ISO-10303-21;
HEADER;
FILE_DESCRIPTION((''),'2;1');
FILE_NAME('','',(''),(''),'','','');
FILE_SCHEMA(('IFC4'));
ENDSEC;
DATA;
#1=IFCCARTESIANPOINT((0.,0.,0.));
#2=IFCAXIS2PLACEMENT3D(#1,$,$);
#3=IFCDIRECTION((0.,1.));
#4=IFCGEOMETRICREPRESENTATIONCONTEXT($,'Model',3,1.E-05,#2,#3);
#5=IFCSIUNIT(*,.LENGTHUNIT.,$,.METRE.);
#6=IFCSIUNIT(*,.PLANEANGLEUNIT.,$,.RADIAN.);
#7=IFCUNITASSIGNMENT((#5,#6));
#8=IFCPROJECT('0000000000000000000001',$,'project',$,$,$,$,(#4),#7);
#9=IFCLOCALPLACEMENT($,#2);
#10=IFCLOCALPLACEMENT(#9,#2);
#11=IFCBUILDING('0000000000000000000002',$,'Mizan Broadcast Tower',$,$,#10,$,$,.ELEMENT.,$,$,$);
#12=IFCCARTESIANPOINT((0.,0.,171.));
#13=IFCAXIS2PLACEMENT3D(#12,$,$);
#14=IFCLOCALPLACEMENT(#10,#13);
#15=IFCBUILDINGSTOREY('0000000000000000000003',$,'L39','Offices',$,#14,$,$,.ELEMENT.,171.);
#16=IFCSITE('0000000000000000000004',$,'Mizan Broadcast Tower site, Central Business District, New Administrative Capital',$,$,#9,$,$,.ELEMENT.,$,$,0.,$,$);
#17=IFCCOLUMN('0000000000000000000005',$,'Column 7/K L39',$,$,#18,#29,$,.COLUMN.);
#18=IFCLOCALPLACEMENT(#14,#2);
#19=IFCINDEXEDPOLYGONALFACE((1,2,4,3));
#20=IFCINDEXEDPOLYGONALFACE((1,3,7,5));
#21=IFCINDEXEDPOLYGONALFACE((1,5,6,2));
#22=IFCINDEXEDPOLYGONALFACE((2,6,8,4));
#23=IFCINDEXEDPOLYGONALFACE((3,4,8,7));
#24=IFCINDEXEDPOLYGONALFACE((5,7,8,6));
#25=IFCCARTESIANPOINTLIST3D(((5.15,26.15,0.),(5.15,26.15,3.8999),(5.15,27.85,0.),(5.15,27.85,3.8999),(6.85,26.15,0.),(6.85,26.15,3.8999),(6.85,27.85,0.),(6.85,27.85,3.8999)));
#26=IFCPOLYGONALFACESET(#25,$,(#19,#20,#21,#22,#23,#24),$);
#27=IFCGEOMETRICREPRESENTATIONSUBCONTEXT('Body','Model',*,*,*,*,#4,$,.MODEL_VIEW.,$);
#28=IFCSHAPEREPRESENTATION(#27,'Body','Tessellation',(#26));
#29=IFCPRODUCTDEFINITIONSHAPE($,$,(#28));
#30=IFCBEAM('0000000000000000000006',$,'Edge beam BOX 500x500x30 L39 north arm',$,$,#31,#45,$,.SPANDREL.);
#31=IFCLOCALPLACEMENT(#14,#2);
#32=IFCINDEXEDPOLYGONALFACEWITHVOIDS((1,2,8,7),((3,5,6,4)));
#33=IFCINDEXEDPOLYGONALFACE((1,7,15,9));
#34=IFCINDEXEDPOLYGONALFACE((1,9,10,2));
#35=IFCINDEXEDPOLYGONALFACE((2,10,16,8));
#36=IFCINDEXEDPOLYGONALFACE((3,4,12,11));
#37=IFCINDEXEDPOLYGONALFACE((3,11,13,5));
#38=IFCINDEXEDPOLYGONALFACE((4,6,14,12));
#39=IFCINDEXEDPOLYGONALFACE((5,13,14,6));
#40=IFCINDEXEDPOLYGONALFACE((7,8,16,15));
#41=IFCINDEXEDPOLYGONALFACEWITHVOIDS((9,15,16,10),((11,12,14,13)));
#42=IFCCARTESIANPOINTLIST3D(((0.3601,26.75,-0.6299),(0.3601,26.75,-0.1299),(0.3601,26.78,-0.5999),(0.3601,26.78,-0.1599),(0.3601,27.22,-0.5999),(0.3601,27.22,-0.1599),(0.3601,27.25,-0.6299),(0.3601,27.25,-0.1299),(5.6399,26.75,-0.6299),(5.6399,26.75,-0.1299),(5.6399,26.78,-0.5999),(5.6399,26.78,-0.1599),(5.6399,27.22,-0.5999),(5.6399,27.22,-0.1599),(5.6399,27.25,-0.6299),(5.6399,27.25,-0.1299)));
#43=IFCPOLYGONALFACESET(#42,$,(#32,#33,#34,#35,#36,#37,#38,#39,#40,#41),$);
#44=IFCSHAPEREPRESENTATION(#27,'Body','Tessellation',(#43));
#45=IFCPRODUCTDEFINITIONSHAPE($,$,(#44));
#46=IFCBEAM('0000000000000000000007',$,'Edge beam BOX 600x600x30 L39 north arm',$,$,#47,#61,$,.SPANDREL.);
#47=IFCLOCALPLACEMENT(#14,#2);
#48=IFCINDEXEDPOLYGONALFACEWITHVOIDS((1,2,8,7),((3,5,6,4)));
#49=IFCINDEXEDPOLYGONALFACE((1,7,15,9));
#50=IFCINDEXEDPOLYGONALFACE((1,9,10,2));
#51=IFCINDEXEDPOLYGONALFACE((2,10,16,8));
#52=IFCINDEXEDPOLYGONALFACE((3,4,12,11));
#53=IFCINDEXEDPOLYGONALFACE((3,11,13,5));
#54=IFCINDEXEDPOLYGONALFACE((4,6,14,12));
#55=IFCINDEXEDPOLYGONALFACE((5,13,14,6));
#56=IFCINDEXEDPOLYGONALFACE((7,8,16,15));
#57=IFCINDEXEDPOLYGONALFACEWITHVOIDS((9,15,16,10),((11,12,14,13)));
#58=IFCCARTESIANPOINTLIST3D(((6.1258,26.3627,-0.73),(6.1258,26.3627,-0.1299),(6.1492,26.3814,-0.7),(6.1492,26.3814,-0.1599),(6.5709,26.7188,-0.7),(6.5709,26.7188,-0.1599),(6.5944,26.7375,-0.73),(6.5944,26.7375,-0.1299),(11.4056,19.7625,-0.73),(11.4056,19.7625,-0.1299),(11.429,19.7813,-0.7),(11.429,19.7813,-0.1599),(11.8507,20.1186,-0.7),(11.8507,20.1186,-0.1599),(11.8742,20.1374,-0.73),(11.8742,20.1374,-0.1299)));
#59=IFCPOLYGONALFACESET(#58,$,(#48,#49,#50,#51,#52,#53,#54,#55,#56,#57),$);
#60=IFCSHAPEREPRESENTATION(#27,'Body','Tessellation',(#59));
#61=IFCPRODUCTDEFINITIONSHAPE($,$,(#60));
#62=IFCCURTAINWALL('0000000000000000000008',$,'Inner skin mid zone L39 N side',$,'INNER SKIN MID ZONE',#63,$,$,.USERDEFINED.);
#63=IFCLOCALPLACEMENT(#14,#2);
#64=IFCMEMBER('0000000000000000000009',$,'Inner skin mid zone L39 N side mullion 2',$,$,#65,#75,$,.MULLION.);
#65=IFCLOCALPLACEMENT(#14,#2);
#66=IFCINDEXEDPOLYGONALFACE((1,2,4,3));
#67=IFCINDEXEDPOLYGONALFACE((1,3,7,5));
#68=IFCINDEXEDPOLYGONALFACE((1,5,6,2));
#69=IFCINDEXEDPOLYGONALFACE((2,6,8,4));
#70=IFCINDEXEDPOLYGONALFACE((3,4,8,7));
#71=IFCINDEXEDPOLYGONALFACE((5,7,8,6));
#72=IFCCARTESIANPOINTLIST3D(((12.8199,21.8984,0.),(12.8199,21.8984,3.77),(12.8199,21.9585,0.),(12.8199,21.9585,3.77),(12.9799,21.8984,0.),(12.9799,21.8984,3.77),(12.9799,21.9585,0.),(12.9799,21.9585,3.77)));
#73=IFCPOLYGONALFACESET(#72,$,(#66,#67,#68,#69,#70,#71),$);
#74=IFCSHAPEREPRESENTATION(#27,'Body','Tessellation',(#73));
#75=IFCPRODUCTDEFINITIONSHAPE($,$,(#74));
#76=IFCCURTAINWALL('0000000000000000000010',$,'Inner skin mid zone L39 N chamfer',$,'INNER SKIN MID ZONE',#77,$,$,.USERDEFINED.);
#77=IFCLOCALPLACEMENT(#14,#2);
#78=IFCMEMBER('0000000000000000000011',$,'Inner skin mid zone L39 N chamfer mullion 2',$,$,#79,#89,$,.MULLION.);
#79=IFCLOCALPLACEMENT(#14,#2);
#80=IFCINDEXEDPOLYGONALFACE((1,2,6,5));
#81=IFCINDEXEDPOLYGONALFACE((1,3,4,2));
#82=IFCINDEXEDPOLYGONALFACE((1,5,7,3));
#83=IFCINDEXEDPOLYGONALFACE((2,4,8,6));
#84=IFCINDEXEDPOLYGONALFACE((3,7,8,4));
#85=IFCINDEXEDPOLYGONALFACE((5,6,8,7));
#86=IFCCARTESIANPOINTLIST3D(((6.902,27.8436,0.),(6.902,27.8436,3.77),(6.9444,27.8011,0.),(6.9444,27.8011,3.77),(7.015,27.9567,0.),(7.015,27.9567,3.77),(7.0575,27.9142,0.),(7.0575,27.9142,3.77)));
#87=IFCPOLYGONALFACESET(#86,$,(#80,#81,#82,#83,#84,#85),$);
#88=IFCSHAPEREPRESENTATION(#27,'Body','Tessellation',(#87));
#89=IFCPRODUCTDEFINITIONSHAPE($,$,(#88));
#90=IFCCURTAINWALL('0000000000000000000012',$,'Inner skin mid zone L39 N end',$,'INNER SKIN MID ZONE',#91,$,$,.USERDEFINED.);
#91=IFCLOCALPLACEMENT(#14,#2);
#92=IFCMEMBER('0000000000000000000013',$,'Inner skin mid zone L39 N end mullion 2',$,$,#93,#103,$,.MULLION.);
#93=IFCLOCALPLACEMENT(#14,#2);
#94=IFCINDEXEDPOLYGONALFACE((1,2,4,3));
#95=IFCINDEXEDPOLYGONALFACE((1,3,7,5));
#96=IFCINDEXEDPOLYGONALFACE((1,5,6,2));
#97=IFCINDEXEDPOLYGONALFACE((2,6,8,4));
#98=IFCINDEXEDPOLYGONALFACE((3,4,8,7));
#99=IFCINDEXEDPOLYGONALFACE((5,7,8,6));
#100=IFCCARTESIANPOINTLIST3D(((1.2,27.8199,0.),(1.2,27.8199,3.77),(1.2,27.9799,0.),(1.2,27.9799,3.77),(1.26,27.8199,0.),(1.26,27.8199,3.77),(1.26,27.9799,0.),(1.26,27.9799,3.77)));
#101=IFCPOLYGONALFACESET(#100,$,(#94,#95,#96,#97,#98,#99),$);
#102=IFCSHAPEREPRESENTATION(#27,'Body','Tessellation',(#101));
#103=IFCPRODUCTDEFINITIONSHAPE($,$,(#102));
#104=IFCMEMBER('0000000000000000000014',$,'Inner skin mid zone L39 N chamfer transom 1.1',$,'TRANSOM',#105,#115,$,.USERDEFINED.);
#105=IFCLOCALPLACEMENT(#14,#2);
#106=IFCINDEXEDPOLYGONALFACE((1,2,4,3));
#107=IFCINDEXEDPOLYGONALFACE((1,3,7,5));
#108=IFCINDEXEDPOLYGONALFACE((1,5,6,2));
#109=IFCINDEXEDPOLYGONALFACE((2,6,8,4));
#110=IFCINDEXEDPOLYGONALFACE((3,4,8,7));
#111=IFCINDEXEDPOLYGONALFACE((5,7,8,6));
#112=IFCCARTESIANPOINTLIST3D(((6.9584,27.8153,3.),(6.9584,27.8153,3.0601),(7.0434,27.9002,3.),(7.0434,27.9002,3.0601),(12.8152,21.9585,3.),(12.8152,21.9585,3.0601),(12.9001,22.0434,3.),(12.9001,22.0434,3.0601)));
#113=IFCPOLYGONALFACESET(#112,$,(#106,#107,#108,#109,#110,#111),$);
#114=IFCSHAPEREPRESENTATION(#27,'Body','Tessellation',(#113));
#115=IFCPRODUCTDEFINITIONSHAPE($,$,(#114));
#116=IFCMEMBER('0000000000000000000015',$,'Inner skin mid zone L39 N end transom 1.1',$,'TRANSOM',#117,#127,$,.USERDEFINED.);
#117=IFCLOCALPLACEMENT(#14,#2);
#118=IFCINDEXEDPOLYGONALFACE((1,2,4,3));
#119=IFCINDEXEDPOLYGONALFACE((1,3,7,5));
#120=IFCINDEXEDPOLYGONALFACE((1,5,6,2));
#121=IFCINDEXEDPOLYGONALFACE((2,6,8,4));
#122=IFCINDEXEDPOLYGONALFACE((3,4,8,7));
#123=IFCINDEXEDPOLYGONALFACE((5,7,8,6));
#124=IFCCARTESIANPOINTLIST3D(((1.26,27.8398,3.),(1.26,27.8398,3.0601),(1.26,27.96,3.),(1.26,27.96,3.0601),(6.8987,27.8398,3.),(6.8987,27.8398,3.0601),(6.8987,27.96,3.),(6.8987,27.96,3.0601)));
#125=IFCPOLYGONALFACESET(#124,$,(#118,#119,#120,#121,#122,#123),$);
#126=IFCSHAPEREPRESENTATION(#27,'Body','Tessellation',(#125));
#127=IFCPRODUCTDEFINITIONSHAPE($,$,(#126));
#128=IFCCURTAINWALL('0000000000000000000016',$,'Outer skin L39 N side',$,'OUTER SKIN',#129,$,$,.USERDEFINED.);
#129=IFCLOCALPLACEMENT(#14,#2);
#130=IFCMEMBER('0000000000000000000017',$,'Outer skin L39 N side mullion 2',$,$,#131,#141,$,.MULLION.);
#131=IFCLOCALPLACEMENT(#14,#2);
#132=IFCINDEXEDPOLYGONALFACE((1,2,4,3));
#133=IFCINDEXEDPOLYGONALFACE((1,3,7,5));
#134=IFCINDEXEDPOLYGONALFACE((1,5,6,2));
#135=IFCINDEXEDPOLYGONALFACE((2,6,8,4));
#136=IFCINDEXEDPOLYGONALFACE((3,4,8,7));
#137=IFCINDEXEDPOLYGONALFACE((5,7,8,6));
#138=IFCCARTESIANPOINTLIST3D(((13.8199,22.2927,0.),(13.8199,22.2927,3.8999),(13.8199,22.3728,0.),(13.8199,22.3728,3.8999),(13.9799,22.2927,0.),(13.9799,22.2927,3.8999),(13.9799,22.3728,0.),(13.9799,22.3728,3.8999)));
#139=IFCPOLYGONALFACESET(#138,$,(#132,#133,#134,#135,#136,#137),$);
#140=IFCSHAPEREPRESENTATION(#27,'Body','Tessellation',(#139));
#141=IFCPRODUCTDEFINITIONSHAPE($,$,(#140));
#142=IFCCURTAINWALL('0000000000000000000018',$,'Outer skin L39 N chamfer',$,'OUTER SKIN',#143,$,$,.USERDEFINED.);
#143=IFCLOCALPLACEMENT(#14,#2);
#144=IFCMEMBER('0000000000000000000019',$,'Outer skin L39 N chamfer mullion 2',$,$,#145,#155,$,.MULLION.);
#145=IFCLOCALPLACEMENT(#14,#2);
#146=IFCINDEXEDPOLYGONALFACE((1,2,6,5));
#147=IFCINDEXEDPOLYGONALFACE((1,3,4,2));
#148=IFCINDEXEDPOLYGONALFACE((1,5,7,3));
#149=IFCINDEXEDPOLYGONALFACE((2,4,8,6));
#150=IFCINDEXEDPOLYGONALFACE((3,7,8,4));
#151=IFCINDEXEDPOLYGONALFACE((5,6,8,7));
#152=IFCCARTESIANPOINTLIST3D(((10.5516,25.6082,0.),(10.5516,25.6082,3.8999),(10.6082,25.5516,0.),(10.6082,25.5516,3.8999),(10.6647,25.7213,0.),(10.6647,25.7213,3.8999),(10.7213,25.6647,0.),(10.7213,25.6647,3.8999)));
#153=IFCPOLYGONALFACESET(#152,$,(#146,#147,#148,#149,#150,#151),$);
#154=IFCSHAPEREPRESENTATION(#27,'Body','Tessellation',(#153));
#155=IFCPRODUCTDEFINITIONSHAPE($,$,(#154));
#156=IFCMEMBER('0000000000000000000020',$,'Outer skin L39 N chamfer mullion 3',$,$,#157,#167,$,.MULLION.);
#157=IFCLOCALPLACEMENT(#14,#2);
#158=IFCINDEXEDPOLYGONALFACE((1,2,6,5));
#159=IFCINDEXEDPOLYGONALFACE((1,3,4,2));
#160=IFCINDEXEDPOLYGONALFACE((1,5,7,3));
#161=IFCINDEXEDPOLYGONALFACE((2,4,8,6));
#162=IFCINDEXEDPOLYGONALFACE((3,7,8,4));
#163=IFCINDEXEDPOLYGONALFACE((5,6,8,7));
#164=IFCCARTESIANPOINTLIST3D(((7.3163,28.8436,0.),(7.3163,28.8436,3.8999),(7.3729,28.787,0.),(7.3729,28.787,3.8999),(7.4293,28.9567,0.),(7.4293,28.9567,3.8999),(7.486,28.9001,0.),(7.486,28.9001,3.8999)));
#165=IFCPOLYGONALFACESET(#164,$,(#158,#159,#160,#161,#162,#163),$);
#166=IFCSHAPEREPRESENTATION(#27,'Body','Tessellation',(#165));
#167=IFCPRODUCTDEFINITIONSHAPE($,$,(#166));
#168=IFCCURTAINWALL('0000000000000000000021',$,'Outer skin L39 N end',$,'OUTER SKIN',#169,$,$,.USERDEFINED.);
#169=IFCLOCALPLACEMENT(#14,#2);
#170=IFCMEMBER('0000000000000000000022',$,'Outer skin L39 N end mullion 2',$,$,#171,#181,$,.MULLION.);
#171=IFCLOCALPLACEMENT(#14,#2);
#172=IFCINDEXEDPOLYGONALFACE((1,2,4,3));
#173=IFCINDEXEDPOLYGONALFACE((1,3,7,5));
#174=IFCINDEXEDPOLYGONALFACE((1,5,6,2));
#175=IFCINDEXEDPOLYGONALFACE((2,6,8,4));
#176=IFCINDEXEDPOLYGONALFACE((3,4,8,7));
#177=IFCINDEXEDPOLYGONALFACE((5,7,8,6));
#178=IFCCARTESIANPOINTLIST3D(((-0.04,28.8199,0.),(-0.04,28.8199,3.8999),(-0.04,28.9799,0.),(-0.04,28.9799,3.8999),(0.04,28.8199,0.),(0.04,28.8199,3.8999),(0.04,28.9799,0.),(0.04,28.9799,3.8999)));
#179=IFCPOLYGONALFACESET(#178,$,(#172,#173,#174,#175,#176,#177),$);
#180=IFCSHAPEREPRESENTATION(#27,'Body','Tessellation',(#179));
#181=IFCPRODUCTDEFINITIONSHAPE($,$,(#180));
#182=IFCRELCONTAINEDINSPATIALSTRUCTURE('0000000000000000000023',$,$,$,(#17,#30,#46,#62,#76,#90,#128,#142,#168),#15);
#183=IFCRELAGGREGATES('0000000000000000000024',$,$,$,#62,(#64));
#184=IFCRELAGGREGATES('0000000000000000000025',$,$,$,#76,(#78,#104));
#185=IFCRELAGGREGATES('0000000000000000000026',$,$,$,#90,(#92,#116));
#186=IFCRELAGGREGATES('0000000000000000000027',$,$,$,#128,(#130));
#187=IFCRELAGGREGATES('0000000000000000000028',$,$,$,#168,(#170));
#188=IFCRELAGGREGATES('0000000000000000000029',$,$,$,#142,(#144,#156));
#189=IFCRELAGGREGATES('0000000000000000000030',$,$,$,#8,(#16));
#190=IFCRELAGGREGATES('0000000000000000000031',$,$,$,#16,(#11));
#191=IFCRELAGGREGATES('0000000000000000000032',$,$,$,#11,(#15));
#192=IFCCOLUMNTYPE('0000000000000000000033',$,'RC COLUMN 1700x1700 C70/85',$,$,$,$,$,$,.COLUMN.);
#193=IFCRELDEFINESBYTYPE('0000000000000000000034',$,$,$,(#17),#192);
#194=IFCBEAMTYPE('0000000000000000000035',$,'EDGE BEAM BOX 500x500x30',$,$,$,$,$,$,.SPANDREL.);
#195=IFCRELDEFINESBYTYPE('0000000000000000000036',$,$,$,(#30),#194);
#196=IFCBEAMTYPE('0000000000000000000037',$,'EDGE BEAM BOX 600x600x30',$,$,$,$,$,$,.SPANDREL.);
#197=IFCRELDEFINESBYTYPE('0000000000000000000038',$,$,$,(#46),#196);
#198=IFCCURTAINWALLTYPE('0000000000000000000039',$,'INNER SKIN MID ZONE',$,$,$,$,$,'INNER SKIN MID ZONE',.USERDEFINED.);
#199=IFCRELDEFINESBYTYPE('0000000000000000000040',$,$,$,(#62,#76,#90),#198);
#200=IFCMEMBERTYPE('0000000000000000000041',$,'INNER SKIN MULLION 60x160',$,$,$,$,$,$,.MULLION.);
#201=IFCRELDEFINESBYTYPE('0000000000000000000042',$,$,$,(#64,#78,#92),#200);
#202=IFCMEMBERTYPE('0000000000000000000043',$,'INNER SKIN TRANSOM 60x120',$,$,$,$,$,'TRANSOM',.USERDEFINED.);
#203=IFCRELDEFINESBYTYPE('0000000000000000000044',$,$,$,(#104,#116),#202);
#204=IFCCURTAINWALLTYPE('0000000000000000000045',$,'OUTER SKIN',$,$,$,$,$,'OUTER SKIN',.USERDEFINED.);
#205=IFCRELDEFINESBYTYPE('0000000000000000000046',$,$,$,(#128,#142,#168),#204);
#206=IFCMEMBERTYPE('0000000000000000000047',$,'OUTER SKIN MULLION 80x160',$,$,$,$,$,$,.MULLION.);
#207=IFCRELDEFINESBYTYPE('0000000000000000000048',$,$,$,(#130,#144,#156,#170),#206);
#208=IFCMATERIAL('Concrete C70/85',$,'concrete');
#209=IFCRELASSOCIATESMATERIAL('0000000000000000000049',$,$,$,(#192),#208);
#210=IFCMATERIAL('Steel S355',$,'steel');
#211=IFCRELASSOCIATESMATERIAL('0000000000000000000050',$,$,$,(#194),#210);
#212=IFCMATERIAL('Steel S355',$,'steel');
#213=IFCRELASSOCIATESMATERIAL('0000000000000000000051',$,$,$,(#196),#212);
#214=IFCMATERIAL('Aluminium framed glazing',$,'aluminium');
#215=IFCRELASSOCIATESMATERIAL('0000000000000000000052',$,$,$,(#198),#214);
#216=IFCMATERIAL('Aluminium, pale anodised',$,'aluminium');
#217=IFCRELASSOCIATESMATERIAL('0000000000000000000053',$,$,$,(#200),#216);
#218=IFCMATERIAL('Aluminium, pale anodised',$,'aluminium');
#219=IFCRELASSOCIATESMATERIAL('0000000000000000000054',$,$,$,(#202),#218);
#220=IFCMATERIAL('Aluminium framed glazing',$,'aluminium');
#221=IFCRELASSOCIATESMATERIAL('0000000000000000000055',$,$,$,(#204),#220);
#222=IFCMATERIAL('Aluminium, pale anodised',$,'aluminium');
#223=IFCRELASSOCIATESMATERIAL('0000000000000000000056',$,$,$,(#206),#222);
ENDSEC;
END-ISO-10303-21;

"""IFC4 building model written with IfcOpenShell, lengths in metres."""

from ifc_helpers import new_model, si_unit, direction, frame, origin, origin_2d, place, context, subcontext, project, spatial, rectangle, hollow_rectangle, extrude, material, material_profile, profile_set, type_object, element, aggregate, save


model = new_model("IFC4")

# Units and contexts
model_context = context("Model", 3, precision=1e-05, world=origin(), true_north=direction((0.0, 1.0)))
body_context = subcontext(model_context, "Body", "Model", "MODEL_VIEW")
ifc_project = project(units=[si_unit("LENGTHUNIT", "METRE"), si_unit("PLANEANGLEUNIT", "RADIAN")], contexts=[model_context])

# Site, building, storey
site_placement = place(None, origin())
site = spatial("IfcSite", under=ifc_project, at=site_placement, Name="Mizan Broadcast Tower site, Central Business District, New Administrative Capital", CompositionType="ELEMENT", RefElevation=0.0)
building_placement = place(site_placement, origin())
building = spatial("IfcBuilding", under=site, at=building_placement, Name="Mizan Broadcast Tower", CompositionType="ELEMENT")
storey_placement = place(building_placement, frame((0.0, 0.0, 171.0)))
storey = spatial("IfcBuildingStorey", under=building, at=storey_placement, Name="L39", Description="Offices", CompositionType="ELEMENT", Elevation=171.0)

# Column
ifc_material_1 = material(Name="Concrete C70/85", Category="concrete")
ifc_material_profile_1 = material_profile(ifc_material_1, rectangle(XDim=1.7, YDim=1.7, at=origin_2d()), Name="RC 1700x1700")
ifc_profile_set_1 = profile_set([ifc_material_profile_1], Name="Concrete C70/85")
column_type = type_object("IfcColumnType", Name="RC COLUMN 1700x1700 C70/85", PredefinedType="COLUMN", material=ifc_profile_set_1)
column_placement = place(storey_placement, frame((6.0, 27.0, 0.0), z_axis=(0.0, 0.0, 1.0), x_axis=(1.0, 0.0, 0.0)))
element("IfcColumn", 1, at=column_placement, inside=storey, type_object=column_type, Name="Column 7/K L39", PredefinedType="COLUMN", context=body_context, shape_type="SweptSolid", body=[
    extrude(rectangle(XDim=1.7, YDim=1.7, at=origin_2d()), origin(), (0.0, 0.0, 1.0), 3.8999),
])

# Beams
ifc_material_2 = material(Name="Steel S355", Category="steel")
ifc_material_profile_2 = material_profile(ifc_material_2, hollow_rectangle(XDim=0.5, YDim=0.5, WallThickness=0.03, at=origin_2d()), Name="BOX 500x500x30")
ifc_profile_set_2 = profile_set([ifc_material_profile_2], Name="Steel S355")
beam_type_1 = type_object("IfcBeamType", Name="EDGE BEAM BOX 500x500x30", PredefinedType="SPANDREL", material=ifc_profile_set_2)
beam_1_placement = place(storey_placement, frame((5.6399, 27.0, -0.3799), z_axis=(-1.0, 0.0, 0.0), x_axis=(0.0, -1.0, 0.0)))
element("IfcBeam", 2, at=beam_1_placement, inside=storey, type_object=beam_type_1, Name="Edge beam BOX 500x500x30 L39 north arm", PredefinedType="SPANDREL", context=body_context, shape_type="SweptSolid", body=[
    extrude(hollow_rectangle(XDim=0.5, YDim=0.5, WallThickness=0.03, at=origin_2d()), origin(), (0.0, 0.0, 1.0), 5.2798),
])
ifc_material_3 = material(Name="Steel S355", Category="steel")
ifc_material_profile_3 = material_profile(ifc_material_3, hollow_rectangle(XDim=0.6001, YDim=0.6001, WallThickness=0.03, at=origin_2d()), Name="BOX 600x600x30")
ifc_profile_set_3 = profile_set([ifc_material_profile_3], Name="Steel S355")
beam_type_2 = type_object("IfcBeamType", Name="EDGE BEAM BOX 600x600x30", PredefinedType="SPANDREL", material=ifc_profile_set_3)
beam_2_placement = place(storey_placement, frame((11.6399, 19.95, -0.4299), z_axis=(-0.624674, 0.780886, 0.0), x_axis=(-0.780886, -0.624674, 0.0)))
element("IfcBeam", 3, at=beam_2_placement, inside=storey, type_object=beam_type_2, Name="Edge beam BOX 600x600x30 L39 north arm", PredefinedType="SPANDREL", context=body_context, shape_type="SweptSolid", body=[
    extrude(hollow_rectangle(XDim=0.6001, YDim=0.6001, WallThickness=0.03, at=origin_2d()), origin(), (0.0, 0.0, 1.0), 8.4521),
])

# Curtain walls, members
ifc_material_4 = material(Name="Aluminium framed glazing", Category="aluminium")
curtain_wall_type_1 = type_object("IfcCurtainWallType", Name="INNER SKIN MID ZONE", ElementType="INNER SKIN MID ZONE", PredefinedType="USERDEFINED", material=ifc_material_4)
curtain_wall_1_placement = place(storey_placement, origin())
curtain_wall_1 = element("IfcCurtainWall", 4, at=curtain_wall_1_placement, inside=storey, type_object=curtain_wall_type_1, Name="Inner skin mid zone L39 N side", ObjectType="INNER SKIN MID ZONE", PredefinedType="USERDEFINED")
ifc_material_5 = material(Name="Aluminium, pale anodised", Category="aluminium")
ifc_material_profile_4 = material_profile(ifc_material_5, rectangle(XDim=0.1599, YDim=0.0601, at=origin_2d()), Name="MULLION 160x60")
ifc_profile_set_4 = profile_set([ifc_material_profile_4], Name="Aluminium, pale anodised")
member_type_1 = type_object("IfcMemberType", Name="INNER SKIN MULLION 60x160", PredefinedType="MULLION", material=ifc_profile_set_4)
member_1_placement = place(storey_placement, frame((12.8999, 21.9285, 0.0), z_axis=(0.0, 0.0, 1.0), x_axis=(-1.0, 0.0, 0.0)))
member_1 = element("IfcMember", 5, at=member_1_placement, type_object=member_type_1, Name="Inner skin mid zone L39 N side mullion 2", PredefinedType="MULLION", context=body_context, shape_type="SweptSolid", body=[
    extrude(rectangle(XDim=0.1599, YDim=0.0601, at=origin_2d()), origin(), (0.0, 0.0, 1.0), 3.77),
])
curtain_wall_2_placement = place(storey_placement, origin())
curtain_wall_2 = element("IfcCurtainWall", 6, at=curtain_wall_2_placement, inside=storey, type_object=curtain_wall_type_1, Name="Inner skin mid zone L39 N chamfer", ObjectType="INNER SKIN MID ZONE", PredefinedType="USERDEFINED")
member_2_placement = place(storey_placement, frame((6.9797, 27.8789, 0.0), z_axis=(0.0, 0.0, 1.0), x_axis=(-0.707107, -0.707107, 0.0)))
member_2 = element("IfcMember", 7, at=member_2_placement, type_object=member_type_1, Name="Inner skin mid zone L39 N chamfer mullion 2", PredefinedType="MULLION", context=body_context, shape_type="SweptSolid", body=[
    extrude(rectangle(XDim=0.1599, YDim=0.0601, at=origin_2d()), origin(), (0.0, 0.0, 1.0), 3.77),
])
curtain_wall_3_placement = place(storey_placement, origin())
curtain_wall_3 = element("IfcCurtainWall", 8, at=curtain_wall_3_placement, inside=storey, type_object=curtain_wall_type_1, Name="Inner skin mid zone L39 N end", ObjectType="INNER SKIN MID ZONE", PredefinedType="USERDEFINED")
member_3_placement = place(storey_placement, frame((1.23, 27.8999, 0.0), z_axis=(0.0, 0.0, 1.0), x_axis=(0.0, -1.0, 0.0)))
member_3 = element("IfcMember", 9, at=member_3_placement, type_object=member_type_1, Name="Inner skin mid zone L39 N end mullion 2", PredefinedType="MULLION", context=body_context, shape_type="SweptSolid", body=[
    extrude(rectangle(XDim=0.1599, YDim=0.0601, at=origin_2d()), origin(), (0.0, 0.0, 1.0), 3.77),
])

# Members
ifc_material_6 = material(Name="Aluminium, pale anodised", Category="aluminium")
ifc_material_profile_5 = material_profile(ifc_material_6, rectangle(XDim=0.1201, YDim=0.0601, at=origin_2d()), Name="TRANSOM 120x60")
ifc_profile_set_5 = profile_set([ifc_material_profile_5], Name="Aluminium, pale anodised")
member_type_2 = type_object("IfcMemberType", Name="INNER SKIN TRANSOM 60x120", ElementType="TRANSOM", PredefinedType="USERDEFINED", material=ifc_profile_set_5)
member_4_placement = place(storey_placement, frame((12.8577, 22.001, 3.03), z_axis=(-0.707107, 0.707107, 0.0), x_axis=(-0.707107, -0.707107, 0.0)))
member_4 = element("IfcMember", 10, at=member_4_placement, type_object=member_type_2, Name="Inner skin mid zone L39 N chamfer transom 1.1", ObjectType="TRANSOM", PredefinedType="USERDEFINED", context=body_context, shape_type="SweptSolid", body=[
    extrude(rectangle(XDim=0.1201, YDim=0.0601, at=origin_2d()), origin(), (0.0, 0.0, 1.0), 8.2827),
])
member_5_placement = place(storey_placement, frame((6.8987, 27.8999, 3.03), z_axis=(-1.0, 0.0, 0.0), x_axis=(0.0, -1.0, 0.0)))
member_5 = element("IfcMember", 11, at=member_5_placement, type_object=member_type_2, Name="Inner skin mid zone L39 N end transom 1.1", ObjectType="TRANSOM", PredefinedType="USERDEFINED", context=body_context, shape_type="SweptSolid", body=[
    extrude(rectangle(XDim=0.1201, YDim=0.0601, at=origin_2d()), origin(), (0.0, 0.0, 1.0), 5.6387),
])

# Curtain wall, member
ifc_material_7 = material(Name="Aluminium framed glazing", Category="aluminium")
curtain_wall_type_2 = type_object("IfcCurtainWallType", Name="OUTER SKIN", ElementType="OUTER SKIN", PredefinedType="USERDEFINED", material=ifc_material_7)
curtain_wall_4_placement = place(storey_placement, origin())
curtain_wall_4 = element("IfcCurtainWall", 12, at=curtain_wall_4_placement, inside=storey, type_object=curtain_wall_type_2, Name="Outer skin L39 N side", ObjectType="OUTER SKIN", PredefinedType="USERDEFINED")
ifc_material_8 = material(Name="Aluminium, pale anodised", Category="aluminium")
ifc_material_profile_6 = material_profile(ifc_material_8, rectangle(XDim=0.1599, YDim=0.0801, at=origin_2d()), Name="MULLION 160x80")
ifc_profile_set_6 = profile_set([ifc_material_profile_6], Name="Aluminium, pale anodised")
member_type_3 = type_object("IfcMemberType", Name="OUTER SKIN MULLION 80x160", PredefinedType="MULLION", material=ifc_profile_set_6)
member_6_placement = place(storey_placement, frame((13.8999, 22.3328, 0.0), z_axis=(0.0, 0.0, 1.0), x_axis=(-1.0, 0.0, 0.0)))
member_6 = element("IfcMember", 13, at=member_6_placement, type_object=member_type_3, Name="Outer skin L39 N side mullion 2", PredefinedType="MULLION", context=body_context, shape_type="SweptSolid", body=[
    extrude(rectangle(XDim=0.1599, YDim=0.0801, at=origin_2d()), origin(), (0.0, 0.0, 1.0), 3.8999),
])

# Curtain wall, members
curtain_wall_5_placement = place(storey_placement, origin())
curtain_wall_5 = element("IfcCurtainWall", 14, at=curtain_wall_5_placement, inside=storey, type_object=curtain_wall_type_2, Name="Outer skin L39 N chamfer", ObjectType="OUTER SKIN", PredefinedType="USERDEFINED")
member_7_placement = place(storey_placement, frame((10.6365, 25.6365, 0.0), z_axis=(0.0, 0.0, 1.0), x_axis=(-0.707107, -0.707107, 0.0)))
member_7 = element("IfcMember", 15, at=member_7_placement, type_object=member_type_3, Name="Outer skin L39 N chamfer mullion 2", PredefinedType="MULLION", context=body_context, shape_type="SweptSolid", body=[
    extrude(rectangle(XDim=0.1599, YDim=0.0801, at=origin_2d()), origin(), (0.0, 0.0, 1.0), 3.8999),
])
member_8_placement = place(storey_placement, frame((7.4011, 28.8718, 0.0), z_axis=(0.0, 0.0, 1.0), x_axis=(-0.707107, -0.707107, 0.0)))
member_8 = element("IfcMember", 16, at=member_8_placement, type_object=member_type_3, Name="Outer skin L39 N chamfer mullion 3", PredefinedType="MULLION", context=body_context, shape_type="SweptSolid", body=[
    extrude(rectangle(XDim=0.1599, YDim=0.0801, at=origin_2d()), origin(), (0.0, 0.0, 1.0), 3.8999),
])

# Curtain wall, member
curtain_wall_6_placement = place(storey_placement, origin())
curtain_wall_6 = element("IfcCurtainWall", 17, at=curtain_wall_6_placement, inside=storey, type_object=curtain_wall_type_2, Name="Outer skin L39 N end", ObjectType="OUTER SKIN", PredefinedType="USERDEFINED")
member_9_placement = place(storey_placement, frame((0.0, 28.8999, 0.0), z_axis=(0.0, 0.0, 1.0), x_axis=(0.0, -1.0, 0.0)))
member_9 = element("IfcMember", 18, at=member_9_placement, type_object=member_type_3, Name="Outer skin L39 N end mullion 2", PredefinedType="MULLION", context=body_context, shape_type="SweptSolid", body=[
    extrude(rectangle(XDim=0.1599, YDim=0.0801, at=origin_2d()), origin(), (0.0, 0.0, 1.0), 3.8999),
])

aggregate(curtain_wall_1, [member_1])
aggregate(curtain_wall_2, [member_2, member_4])
aggregate(curtain_wall_3, [member_3, member_5])
aggregate(curtain_wall_4, [member_6])
aggregate(curtain_wall_6, [member_9])
aggregate(curtain_wall_5, [member_7, member_8])

save(model, "model.ifc")
